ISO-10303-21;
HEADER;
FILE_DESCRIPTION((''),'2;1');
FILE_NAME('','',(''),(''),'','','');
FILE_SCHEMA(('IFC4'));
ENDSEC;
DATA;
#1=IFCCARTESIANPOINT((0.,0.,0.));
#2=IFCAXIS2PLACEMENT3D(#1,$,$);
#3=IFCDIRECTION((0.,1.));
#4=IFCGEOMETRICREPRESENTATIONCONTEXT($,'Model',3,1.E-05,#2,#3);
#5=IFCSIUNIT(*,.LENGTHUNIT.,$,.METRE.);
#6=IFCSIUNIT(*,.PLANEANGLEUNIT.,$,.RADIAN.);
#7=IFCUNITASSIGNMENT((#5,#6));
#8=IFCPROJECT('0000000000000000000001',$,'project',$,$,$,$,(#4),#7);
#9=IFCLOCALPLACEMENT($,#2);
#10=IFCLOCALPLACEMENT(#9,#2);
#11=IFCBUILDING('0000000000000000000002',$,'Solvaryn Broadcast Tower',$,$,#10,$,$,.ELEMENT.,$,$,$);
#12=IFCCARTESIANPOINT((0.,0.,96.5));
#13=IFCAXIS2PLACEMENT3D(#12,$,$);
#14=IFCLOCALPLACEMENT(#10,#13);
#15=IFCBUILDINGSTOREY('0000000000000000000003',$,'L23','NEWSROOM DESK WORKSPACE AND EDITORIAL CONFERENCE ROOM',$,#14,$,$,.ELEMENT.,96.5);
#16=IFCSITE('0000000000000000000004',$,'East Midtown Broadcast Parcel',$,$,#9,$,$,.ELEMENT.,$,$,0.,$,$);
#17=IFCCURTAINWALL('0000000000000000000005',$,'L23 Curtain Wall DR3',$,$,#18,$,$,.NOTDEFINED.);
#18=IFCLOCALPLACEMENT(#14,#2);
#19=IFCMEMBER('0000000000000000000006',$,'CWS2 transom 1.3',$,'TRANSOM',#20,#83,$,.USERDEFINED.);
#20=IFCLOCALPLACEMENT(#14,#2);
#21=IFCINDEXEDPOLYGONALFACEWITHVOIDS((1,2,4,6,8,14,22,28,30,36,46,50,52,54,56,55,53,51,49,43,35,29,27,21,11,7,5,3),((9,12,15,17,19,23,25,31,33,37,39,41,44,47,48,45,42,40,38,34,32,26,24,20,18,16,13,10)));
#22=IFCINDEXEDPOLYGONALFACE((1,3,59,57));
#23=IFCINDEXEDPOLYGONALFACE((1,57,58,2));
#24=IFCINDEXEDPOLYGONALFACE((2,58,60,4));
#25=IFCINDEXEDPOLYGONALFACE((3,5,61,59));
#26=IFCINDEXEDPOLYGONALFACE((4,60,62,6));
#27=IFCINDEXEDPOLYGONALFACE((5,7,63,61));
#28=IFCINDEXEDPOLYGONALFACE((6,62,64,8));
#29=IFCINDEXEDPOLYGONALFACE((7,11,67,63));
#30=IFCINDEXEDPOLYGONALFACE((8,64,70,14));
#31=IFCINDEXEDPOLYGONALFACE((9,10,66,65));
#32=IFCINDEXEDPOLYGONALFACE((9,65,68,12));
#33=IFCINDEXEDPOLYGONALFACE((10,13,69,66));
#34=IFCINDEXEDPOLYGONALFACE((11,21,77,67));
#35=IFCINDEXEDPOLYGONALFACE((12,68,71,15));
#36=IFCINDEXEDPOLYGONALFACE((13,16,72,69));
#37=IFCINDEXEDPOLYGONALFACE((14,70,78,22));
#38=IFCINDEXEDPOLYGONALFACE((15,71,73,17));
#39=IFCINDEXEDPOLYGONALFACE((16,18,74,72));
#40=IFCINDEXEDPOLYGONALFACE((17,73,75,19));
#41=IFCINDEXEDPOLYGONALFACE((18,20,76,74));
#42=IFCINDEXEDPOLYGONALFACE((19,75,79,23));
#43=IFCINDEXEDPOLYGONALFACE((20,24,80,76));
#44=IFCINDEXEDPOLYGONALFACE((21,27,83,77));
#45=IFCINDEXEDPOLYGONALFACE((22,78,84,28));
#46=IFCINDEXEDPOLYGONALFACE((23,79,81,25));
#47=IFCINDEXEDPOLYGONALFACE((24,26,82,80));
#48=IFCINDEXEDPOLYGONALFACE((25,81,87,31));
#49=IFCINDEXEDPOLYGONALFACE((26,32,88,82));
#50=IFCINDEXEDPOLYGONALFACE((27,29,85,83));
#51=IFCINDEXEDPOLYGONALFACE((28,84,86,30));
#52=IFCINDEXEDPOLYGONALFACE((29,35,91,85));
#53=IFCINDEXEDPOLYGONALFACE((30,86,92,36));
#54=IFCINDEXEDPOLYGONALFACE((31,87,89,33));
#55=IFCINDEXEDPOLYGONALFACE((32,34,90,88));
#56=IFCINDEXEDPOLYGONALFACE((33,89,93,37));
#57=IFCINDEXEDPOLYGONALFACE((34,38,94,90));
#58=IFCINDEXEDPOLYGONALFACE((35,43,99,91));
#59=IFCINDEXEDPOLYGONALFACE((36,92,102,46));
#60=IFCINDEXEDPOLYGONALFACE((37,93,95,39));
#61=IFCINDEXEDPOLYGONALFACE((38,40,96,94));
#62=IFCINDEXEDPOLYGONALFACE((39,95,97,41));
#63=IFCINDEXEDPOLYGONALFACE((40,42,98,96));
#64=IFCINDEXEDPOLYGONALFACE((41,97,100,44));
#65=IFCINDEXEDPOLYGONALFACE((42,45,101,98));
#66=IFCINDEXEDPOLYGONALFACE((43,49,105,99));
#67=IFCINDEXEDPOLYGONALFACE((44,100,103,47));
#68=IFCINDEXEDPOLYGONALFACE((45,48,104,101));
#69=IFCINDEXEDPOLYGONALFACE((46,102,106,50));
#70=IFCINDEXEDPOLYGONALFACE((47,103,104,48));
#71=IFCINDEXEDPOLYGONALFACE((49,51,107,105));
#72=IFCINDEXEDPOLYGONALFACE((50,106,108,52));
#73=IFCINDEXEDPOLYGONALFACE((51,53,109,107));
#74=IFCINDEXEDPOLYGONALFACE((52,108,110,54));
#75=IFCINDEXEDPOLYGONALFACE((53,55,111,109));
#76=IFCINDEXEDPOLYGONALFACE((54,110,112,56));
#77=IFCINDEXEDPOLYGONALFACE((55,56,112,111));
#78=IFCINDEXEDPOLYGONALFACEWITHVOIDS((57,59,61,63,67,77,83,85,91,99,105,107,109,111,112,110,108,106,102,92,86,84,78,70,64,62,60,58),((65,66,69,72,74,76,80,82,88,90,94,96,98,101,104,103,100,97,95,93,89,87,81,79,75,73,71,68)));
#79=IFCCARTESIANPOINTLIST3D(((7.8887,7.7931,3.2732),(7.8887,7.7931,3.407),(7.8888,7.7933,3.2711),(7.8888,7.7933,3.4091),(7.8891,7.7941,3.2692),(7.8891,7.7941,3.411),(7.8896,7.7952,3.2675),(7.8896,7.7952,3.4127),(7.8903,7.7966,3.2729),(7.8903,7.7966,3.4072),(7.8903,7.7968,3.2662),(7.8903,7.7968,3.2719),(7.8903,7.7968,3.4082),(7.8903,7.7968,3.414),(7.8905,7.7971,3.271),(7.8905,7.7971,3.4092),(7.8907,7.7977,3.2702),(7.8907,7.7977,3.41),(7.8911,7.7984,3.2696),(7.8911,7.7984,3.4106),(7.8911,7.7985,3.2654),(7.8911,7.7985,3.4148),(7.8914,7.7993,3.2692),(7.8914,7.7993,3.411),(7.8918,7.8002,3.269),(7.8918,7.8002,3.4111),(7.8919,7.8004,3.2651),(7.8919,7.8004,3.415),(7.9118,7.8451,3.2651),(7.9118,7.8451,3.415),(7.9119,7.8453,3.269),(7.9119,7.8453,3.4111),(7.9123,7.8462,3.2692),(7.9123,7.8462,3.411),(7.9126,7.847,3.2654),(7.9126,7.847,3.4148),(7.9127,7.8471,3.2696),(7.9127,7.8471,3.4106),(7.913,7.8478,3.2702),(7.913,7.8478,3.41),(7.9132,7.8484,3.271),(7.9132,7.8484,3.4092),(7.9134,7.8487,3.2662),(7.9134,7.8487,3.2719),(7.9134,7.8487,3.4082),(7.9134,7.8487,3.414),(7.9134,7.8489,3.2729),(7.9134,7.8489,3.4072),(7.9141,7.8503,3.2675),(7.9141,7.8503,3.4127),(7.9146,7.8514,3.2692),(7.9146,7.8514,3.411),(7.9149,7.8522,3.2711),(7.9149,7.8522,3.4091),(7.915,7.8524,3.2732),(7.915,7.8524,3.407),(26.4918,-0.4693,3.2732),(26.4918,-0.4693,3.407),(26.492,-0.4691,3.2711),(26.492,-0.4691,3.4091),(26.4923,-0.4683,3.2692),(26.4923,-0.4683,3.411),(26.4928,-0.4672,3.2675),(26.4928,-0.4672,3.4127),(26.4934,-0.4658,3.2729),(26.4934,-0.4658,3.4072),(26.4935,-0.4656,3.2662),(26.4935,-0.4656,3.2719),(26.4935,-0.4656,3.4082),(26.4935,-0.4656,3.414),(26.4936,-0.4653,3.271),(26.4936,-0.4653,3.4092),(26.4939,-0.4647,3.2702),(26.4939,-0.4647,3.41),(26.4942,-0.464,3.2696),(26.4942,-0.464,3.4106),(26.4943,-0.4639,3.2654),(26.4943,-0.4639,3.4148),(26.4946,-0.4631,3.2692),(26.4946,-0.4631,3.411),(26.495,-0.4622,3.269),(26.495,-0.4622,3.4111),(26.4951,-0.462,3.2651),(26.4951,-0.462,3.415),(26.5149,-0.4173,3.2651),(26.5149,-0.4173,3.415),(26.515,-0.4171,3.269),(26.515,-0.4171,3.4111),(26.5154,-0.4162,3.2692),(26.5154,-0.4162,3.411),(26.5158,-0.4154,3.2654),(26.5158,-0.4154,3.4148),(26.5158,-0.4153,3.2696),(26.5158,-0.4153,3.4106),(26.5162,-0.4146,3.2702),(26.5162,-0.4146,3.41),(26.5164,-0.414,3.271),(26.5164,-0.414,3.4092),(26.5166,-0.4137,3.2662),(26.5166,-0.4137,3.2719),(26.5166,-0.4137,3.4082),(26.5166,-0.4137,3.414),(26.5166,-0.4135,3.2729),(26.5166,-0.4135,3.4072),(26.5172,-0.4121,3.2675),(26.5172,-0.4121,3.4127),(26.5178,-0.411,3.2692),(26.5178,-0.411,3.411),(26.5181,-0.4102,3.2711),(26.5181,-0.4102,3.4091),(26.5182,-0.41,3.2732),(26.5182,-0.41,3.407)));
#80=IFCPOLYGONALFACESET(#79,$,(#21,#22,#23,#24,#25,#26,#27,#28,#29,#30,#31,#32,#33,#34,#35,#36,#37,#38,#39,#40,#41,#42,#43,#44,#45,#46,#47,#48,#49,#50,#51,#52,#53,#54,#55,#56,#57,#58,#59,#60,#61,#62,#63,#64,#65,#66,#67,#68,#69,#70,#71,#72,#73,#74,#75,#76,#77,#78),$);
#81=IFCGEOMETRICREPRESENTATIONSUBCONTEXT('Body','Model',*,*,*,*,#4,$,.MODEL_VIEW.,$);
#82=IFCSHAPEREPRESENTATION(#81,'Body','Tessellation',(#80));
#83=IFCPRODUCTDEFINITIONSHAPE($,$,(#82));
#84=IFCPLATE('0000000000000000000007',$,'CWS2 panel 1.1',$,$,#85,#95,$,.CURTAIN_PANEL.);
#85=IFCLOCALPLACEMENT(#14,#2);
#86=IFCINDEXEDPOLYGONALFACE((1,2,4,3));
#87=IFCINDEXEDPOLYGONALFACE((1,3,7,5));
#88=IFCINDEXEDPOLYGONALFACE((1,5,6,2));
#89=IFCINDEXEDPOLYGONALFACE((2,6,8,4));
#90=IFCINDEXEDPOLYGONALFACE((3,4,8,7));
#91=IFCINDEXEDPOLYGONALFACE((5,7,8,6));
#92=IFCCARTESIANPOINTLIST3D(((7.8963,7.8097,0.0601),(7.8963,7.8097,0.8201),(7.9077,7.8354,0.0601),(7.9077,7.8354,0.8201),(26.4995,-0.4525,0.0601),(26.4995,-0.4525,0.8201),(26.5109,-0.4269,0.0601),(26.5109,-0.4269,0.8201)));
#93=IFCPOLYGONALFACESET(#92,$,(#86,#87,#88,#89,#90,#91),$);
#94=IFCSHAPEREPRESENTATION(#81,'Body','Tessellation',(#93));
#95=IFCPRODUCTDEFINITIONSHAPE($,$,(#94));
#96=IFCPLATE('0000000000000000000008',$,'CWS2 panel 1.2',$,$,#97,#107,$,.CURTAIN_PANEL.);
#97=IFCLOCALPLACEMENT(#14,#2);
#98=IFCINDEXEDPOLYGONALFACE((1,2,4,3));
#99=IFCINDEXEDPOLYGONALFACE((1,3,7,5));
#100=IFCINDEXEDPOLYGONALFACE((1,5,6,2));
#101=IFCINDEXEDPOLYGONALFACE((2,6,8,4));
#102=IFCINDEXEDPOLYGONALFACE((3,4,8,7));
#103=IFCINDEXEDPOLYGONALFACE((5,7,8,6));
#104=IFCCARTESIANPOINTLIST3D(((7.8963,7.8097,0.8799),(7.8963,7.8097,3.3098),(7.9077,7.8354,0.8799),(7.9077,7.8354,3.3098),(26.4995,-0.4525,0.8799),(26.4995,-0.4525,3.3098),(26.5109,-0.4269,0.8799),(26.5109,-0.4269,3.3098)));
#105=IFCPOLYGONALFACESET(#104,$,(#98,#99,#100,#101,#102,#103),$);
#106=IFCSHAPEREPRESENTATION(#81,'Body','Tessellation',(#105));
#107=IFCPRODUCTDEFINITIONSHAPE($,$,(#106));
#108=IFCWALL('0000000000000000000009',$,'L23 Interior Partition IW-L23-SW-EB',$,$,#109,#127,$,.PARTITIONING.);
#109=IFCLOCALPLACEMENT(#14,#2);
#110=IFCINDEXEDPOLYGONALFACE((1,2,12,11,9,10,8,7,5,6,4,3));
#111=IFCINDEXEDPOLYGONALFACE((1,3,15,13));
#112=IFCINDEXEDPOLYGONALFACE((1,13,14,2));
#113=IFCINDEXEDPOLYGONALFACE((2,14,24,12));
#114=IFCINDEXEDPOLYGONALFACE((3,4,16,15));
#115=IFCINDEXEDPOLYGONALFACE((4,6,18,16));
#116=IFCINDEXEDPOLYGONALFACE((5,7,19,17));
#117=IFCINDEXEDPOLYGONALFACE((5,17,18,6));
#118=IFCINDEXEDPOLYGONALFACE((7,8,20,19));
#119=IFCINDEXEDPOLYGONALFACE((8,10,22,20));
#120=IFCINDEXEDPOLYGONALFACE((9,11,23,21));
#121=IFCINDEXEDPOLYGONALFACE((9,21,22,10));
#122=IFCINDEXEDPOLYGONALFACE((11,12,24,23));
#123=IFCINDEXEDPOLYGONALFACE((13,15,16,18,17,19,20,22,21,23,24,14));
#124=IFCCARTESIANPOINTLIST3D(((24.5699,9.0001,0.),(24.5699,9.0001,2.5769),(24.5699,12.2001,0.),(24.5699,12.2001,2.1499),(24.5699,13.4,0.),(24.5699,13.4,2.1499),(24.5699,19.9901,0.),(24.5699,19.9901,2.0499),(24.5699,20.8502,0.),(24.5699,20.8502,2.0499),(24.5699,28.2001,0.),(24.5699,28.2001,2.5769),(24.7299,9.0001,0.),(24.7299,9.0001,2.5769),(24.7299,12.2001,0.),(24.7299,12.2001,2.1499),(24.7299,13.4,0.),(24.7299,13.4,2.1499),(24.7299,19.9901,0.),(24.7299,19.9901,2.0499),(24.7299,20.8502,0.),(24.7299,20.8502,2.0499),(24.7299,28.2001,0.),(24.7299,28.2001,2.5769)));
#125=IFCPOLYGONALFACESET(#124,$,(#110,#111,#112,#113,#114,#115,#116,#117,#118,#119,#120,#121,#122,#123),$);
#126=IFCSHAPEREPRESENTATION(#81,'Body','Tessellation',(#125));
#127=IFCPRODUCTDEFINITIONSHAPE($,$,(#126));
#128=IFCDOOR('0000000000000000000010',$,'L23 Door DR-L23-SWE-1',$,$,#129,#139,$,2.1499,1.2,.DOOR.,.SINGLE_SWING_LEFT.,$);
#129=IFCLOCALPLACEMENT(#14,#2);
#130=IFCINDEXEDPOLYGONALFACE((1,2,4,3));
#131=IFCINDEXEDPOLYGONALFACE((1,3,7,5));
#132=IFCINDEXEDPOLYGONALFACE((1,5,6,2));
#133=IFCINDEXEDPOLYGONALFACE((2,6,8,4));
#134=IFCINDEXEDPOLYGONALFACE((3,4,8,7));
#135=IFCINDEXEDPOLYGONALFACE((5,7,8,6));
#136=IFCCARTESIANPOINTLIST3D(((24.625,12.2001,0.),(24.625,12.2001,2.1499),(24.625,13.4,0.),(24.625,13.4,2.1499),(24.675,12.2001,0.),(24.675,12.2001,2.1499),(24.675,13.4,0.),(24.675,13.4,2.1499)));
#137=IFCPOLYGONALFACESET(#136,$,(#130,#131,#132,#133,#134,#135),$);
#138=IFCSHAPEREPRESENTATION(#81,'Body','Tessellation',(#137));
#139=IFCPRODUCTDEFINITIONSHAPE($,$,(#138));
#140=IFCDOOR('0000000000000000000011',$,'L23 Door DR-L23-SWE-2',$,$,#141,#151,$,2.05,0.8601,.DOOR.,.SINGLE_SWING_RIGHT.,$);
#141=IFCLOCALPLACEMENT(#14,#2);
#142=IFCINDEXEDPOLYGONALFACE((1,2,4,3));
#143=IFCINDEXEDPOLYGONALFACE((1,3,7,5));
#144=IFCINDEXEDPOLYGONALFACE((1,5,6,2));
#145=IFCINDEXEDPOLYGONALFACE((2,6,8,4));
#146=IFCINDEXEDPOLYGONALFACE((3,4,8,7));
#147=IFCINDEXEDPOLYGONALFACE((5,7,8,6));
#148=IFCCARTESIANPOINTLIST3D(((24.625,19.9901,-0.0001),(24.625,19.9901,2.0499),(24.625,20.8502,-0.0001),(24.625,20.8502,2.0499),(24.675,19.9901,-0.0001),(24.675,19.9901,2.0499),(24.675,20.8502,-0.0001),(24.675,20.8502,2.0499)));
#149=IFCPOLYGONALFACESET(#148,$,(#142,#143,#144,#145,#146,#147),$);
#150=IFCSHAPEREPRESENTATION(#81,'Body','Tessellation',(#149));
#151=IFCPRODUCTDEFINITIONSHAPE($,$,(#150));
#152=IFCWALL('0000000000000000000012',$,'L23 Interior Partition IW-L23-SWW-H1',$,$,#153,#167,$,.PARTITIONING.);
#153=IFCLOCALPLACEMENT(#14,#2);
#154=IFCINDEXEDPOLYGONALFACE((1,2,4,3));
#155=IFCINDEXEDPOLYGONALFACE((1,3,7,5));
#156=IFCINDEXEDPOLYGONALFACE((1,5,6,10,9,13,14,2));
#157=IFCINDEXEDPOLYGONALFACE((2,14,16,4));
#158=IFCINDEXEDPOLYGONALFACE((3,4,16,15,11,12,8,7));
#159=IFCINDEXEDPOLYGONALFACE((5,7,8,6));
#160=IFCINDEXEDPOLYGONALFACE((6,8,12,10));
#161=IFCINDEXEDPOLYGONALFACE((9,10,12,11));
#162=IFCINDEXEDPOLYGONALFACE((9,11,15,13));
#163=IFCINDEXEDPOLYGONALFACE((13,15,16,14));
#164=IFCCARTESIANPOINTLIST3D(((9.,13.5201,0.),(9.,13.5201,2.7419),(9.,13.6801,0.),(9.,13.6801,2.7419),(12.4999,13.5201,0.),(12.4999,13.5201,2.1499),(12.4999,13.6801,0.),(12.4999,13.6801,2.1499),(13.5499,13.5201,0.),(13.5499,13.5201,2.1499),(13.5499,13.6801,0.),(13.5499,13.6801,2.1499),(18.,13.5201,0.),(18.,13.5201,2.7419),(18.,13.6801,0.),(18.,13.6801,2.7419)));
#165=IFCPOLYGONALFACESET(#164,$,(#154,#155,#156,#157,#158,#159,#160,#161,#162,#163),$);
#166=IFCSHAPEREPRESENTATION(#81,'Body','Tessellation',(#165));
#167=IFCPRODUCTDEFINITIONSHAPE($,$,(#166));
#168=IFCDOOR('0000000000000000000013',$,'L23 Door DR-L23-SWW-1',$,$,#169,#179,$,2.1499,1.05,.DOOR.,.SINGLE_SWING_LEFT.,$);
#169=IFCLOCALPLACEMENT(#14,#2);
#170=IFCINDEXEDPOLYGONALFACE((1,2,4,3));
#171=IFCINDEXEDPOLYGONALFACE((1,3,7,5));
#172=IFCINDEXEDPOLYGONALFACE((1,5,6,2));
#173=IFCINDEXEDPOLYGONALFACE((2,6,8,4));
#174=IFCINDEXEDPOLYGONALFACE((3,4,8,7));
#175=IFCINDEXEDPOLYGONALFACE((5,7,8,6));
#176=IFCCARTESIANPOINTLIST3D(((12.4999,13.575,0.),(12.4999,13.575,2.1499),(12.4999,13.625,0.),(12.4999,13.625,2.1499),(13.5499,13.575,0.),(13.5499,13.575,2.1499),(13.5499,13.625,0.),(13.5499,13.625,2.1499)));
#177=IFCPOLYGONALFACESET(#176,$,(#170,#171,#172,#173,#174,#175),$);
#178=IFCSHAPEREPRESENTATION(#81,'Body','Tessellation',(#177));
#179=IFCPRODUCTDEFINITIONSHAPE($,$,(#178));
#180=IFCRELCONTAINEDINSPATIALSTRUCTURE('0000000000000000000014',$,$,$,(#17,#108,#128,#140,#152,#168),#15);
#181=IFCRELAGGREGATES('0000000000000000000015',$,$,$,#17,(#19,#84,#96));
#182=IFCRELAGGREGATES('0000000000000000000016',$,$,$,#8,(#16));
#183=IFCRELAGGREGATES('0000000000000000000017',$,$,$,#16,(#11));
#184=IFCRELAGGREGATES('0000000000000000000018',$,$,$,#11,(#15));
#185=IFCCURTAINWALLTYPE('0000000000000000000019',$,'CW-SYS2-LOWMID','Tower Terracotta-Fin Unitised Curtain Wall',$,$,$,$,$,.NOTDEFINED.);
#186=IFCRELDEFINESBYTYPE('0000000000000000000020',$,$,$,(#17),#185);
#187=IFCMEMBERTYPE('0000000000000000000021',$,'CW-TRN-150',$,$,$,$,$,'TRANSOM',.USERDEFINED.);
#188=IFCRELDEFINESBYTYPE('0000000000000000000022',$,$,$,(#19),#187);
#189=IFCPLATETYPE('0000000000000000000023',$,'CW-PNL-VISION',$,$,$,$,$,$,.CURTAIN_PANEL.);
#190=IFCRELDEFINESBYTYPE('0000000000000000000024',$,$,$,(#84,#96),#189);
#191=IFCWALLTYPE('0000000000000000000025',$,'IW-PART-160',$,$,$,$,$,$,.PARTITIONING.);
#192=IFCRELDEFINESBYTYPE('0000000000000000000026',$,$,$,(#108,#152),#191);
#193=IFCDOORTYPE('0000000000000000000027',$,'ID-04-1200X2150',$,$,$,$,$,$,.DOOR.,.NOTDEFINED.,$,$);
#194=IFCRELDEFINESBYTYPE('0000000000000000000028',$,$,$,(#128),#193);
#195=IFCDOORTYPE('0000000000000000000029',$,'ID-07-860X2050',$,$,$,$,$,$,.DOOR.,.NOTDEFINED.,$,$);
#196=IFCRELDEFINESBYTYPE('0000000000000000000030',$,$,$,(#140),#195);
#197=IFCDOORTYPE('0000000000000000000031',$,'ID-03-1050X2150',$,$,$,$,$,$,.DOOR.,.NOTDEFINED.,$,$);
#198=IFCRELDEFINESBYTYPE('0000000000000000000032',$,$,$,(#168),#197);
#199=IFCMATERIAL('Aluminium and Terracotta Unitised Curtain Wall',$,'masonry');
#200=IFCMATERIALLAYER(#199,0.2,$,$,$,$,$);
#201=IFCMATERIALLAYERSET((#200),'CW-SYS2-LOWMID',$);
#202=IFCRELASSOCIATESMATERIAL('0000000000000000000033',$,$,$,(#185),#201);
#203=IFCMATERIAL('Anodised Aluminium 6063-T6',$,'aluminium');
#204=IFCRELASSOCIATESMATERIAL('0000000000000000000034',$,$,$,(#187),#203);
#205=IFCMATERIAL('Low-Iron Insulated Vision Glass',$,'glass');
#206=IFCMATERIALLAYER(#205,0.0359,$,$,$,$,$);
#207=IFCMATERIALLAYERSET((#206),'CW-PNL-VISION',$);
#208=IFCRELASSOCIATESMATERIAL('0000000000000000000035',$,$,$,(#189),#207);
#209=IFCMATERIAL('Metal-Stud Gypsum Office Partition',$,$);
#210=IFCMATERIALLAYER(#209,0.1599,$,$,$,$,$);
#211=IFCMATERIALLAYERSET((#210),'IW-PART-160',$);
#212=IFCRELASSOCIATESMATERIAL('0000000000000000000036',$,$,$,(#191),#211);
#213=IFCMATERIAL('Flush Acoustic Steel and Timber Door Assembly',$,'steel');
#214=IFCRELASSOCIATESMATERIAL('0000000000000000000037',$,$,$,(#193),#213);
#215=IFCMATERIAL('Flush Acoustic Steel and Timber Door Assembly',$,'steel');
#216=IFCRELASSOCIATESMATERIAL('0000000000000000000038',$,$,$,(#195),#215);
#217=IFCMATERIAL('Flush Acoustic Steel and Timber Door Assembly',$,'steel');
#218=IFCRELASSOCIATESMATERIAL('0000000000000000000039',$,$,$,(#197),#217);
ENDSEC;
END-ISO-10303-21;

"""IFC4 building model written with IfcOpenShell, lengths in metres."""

from ifc_helpers import new_model, si_unit, direction, frame, frame_2d, origin, origin_2d, place, context, subcontext, project, spatial, rectangle, hollow_rectangle, extrude, material, layer, layer_set, material_profile, profile_set, type_object, element, fill, aggregate, save


model = new_model("IFC4")

# Units and contexts
model_context = context("Model", 3, precision=1e-05, world=origin(), true_north=direction((0.0, 1.0)))
body_context = subcontext(model_context, "Body", "Model", "MODEL_VIEW")
ifc_project = project(units=[si_unit("LENGTHUNIT", "METRE"), si_unit("PLANEANGLEUNIT", "RADIAN")], contexts=[model_context])

# Site, building, storey
site_placement = place(None, origin())
site = spatial("IfcSite", under=ifc_project, at=site_placement, Name="East Midtown Broadcast Parcel", CompositionType="ELEMENT", RefElevation=0.0)
building_placement = place(site_placement, origin())
building = spatial("IfcBuilding", under=site, at=building_placement, Name="Solvaryn Broadcast Tower", CompositionType="ELEMENT")
storey_placement = place(building_placement, frame((0.0, 0.0, 96.5)))
storey = spatial("IfcBuildingStorey", under=building, at=storey_placement, Name="L23", Description="NEWSROOM DESK WORKSPACE AND EDITORIAL CONFERENCE ROOM", CompositionType="ELEMENT", Elevation=96.5)

# Shared definitions
ifc_material_1 = material(Name="Aluminium and Terracotta Unitised Curtain Wall", Category="masonry")
ifc_layer_1 = layer(ifc_material_1, 0.2)
ifc_layer_set_1 = layer_set([ifc_layer_1], Name="CW-SYS2-LOWMID")
curtain_wall_type = type_object("IfcCurtainWallType", Name="CW-SYS2-LOWMID", Description="Tower Terracotta-Fin Unitised Curtain Wall", PredefinedType="NOTDEFINED", material=ifc_layer_set_1)

# Curtain wall, member, plates
curtain_wall_1_placement = place(storey_placement, origin())
curtain_wall_1 = element("IfcCurtainWall", 1, at=curtain_wall_1_placement, inside=storey, type_object=curtain_wall_type, Name="L23 Curtain Wall DR3", PredefinedType="NOTDEFINED")
ifc_material_2 = material(Name="Anodised Aluminium 6063-T6", Category="aluminium")
ifc_material_profile_1 = material_profile(ifc_material_2, hollow_rectangle(XDim=0.0649, YDim=0.1499, WallThickness=0.0039, InnerFilletRadius=0.0039, OuterFilletRadius=0.0081, at=origin_2d()))
ifc_profile_set_1 = profile_set([ifc_material_profile_1], Name="Anodised Aluminium 6063-T6")
member_type_1 = type_object("IfcMemberType", Name="CW-TRN-150", ElementType="TRANSOM", PredefinedType="USERDEFINED", material=ifc_profile_set_1)
member_1_placement = place(storey_placement, frame((7.9019, 7.8228, 3.3401), z_axis=(0.913915, -0.405906, 0.0), x_axis=(0.405906, 0.913915, 0.0)))
member_1 = element("IfcMember", 2, at=member_1_placement, type_object=member_type_1, Name="CWS2 transom 1.3", ObjectType="TRANSOM", PredefinedType="USERDEFINED", context=body_context, shape_type="SweptSolid", body=[
    extrude(hollow_rectangle(XDim=0.0649, YDim=0.1499, WallThickness=0.0039, InnerFilletRadius=0.0039, OuterFilletRadius=0.0081, at=origin_2d()), origin(), (0.0, 0.0, 1.0), 20.3555),
])
ifc_material_3 = material(Name="Low-Iron Insulated Vision Glass", Category="glass")
ifc_layer_2 = layer(ifc_material_3, 0.0359)
ifc_layer_set_2 = layer_set([ifc_layer_2], Name="CW-PNL-VISION")
plate_type = type_object("IfcPlateType", Name="CW-PNL-VISION", PredefinedType="CURTAIN_PANEL", material=ifc_layer_set_2)
plate_1_placement = place(storey_placement, frame((17.2036, 3.6914, 0.0601), z_axis=(0.0, 0.0, 1.0), x_axis=(0.913918, -0.405898, 0.0)))
plate_1 = element("IfcPlate", 3, at=plate_1_placement, type_object=plate_type, Name="CWS2 panel 1.1", PredefinedType="CURTAIN_PANEL", context=body_context, shape_type="SweptSolid", body=[
    extrude(rectangle(XDim=20.3555, YDim=0.0281, at=origin_2d()), origin(), (0.0, 0.0, 1.0), 0.76),
])
plate_2_placement = place(storey_placement, frame((17.2036, 3.6914, 0.8799), z_axis=(0.0, 0.0, 1.0), x_axis=(0.913918, -0.405898, 0.0)))
plate_2 = element("IfcPlate", 4, at=plate_2_placement, type_object=plate_type, Name="CWS2 panel 1.2", PredefinedType="CURTAIN_PANEL", context=body_context, shape_type="SweptSolid", body=[
    extrude(rectangle(XDim=20.3555, YDim=0.0281, at=origin_2d()), origin(), (0.0, 0.0, 1.0), 2.4299),
])
aggregate(curtain_wall_1, [member_1, plate_1, plate_2])

# Wall, openings, doors
ifc_material_4 = material(Name="Metal-Stud Gypsum Office Partition")
ifc_layer_3 = layer(ifc_material_4, 0.1599)
ifc_layer_set_3 = layer_set([ifc_layer_3], Name="IW-PART-160")
wall_type_1 = type_object("IfcWallType", Name="IW-PART-160", PredefinedType="PARTITIONING", material=ifc_layer_set_3)
wall_1_placement = place(storey_placement, frame((24.6499, 9.0, 0.0), z_axis=(0.0, 0.0, 1.0), x_axis=(0.0, 1.0, 0.0)))
wall_1 = element("IfcWall", 5, at=wall_1_placement, inside=storey, type_object=wall_type_1, Name="L23 Interior Partition IW-L23-SW-EB", PredefinedType="PARTITIONING", context=body_context, shape_type="SweptSolid", body=[
    extrude(rectangle(XDim=19.2, YDim=0.1599, at=frame_2d((9.6001, 0.0))), origin(), (0.0, 0.0, 1.0), 2.5769),
])
opening_1_placement = place(wall_1_placement, frame((3.2, 0.0, 0.0)))
opening_1 = element("IfcOpeningElement", 6, at=opening_1_placement, cuts=wall_1, PredefinedType="OPENING", context=body_context, shape_type="SweptSolid", body=[
    extrude(rectangle(XDim=1.2, YDim=2.1499, at=frame_2d((0.6001, 1.075))), frame((0.0, 0.0901, 0.0), z_axis=(0.0, -1.0, 0.0), x_axis=(1.0, 0.0, 0.0)), (0.0, 0.0, 1.0), 0.1799),
])
opening_2_placement = place(wall_1_placement, frame((10.99, 0.0, 0.0)))
opening_2 = element("IfcOpeningElement", 7, at=opening_2_placement, cuts=wall_1, PredefinedType="OPENING", context=body_context, shape_type="SweptSolid", body=[
    extrude(rectangle(XDim=0.8601, YDim=2.05, at=frame_2d((0.4302, 1.0249))), frame((0.0, 0.0901, 0.0), z_axis=(0.0, -1.0, 0.0), x_axis=(1.0, 0.0, 0.0)), (0.0, 0.0, 1.0), 0.1799),
])
ifc_material_5 = material(Name="Flush Acoustic Steel and Timber Door Assembly", Category="steel")
door_type_1 = type_object("IfcDoorType", Name="ID-04-1200X2150", OperationType="NOTDEFINED", PredefinedType="DOOR", material=ifc_material_5)
door_1_placement = place(opening_1_placement, origin())
door_1 = element("IfcDoor", 8, at=door_1_placement, inside=storey, type_object=door_type_1, Name="L23 Door DR-L23-SWE-1", OperationType="SINGLE_SWING_LEFT", OverallHeight=2.1499, OverallWidth=1.2, PredefinedType="DOOR", context=body_context, shape_type="SweptSolid", body=[
    extrude(rectangle(XDim=1.2, YDim=2.1499, at=frame_2d((0.6001, 1.075))), frame((0.0, 0.0249, 0.0), z_axis=(0.0, -1.0, 0.0), x_axis=(1.0, 0.0, 0.0)), (0.0, 0.0, 1.0), 0.05),
])
fill(opening_1, door_1)
ifc_material_6 = material(Name="Flush Acoustic Steel and Timber Door Assembly", Category="steel")
door_type_2 = type_object("IfcDoorType", Name="ID-07-860X2050", OperationType="NOTDEFINED", PredefinedType="DOOR", material=ifc_material_6)
door_2_placement = place(opening_2_placement, origin())
door_2 = element("IfcDoor", 9, at=door_2_placement, inside=storey, type_object=door_type_2, Name="L23 Door DR-L23-SWE-2", OperationType="SINGLE_SWING_RIGHT", OverallHeight=2.05, OverallWidth=0.8601, PredefinedType="DOOR", context=body_context, shape_type="SweptSolid", body=[
    extrude(rectangle(XDim=0.8601, YDim=2.05, at=frame_2d((0.4302, 1.0249))), frame((0.0, 0.0249, 0.0), z_axis=(0.0, -1.0, 0.0), x_axis=(1.0, 0.0, 0.0)), (0.0, 0.0, 1.0), 0.05),
])
fill(opening_2, door_2)

# Wall, opening, door
wall_2_placement = place(storey_placement, frame((9.0, 13.6001, 0.0), z_axis=(0.0, 0.0, 1.0), x_axis=(1.0, 0.0, 0.0)))
wall_2 = element("IfcWall", 10, at=wall_2_placement, inside=storey, type_object=wall_type_1, Name="L23 Interior Partition IW-L23-SWW-H1", PredefinedType="PARTITIONING", context=body_context, shape_type="SweptSolid", body=[
    extrude(rectangle(XDim=9.0, YDim=0.1599, at=frame_2d((4.5, 0.0))), origin(), (0.0, 0.0, 1.0), 2.7419),
])
opening_3_placement = place(wall_2_placement, frame((3.5, 0.0, 0.0)))
opening_3 = element("IfcOpeningElement", 11, at=opening_3_placement, cuts=wall_2, PredefinedType="OPENING", context=body_context, shape_type="SweptSolid", body=[
    extrude(rectangle(XDim=1.05, YDim=2.1499, at=frame_2d((0.5249, 1.075))), frame((0.0, 0.0901, 0.0), z_axis=(0.0, -1.0, 0.0), x_axis=(1.0, 0.0, 0.0)), (0.0, 0.0, 1.0), 0.1799),
])
ifc_material_7 = material(Name="Flush Acoustic Steel and Timber Door Assembly", Category="steel")
door_type_3 = type_object("IfcDoorType", Name="ID-03-1050X2150", OperationType="NOTDEFINED", PredefinedType="DOOR", material=ifc_material_7)
door_3_placement = place(opening_3_placement, origin())
door_3 = element("IfcDoor", 12, at=door_3_placement, inside=storey, type_object=door_type_3, Name="L23 Door DR-L23-SWW-1", OperationType="SINGLE_SWING_LEFT", OverallHeight=2.1499, OverallWidth=1.05, PredefinedType="DOOR", context=body_context, shape_type="SweptSolid", body=[
    extrude(rectangle(XDim=1.05, YDim=2.1499, at=frame_2d((0.5249, 1.075))), frame((0.0, 0.0249, 0.0), z_axis=(0.0, -1.0, 0.0), x_axis=(1.0, 0.0, 0.0)), (0.0, 0.0, 1.0), 0.05),
])
fill(opening_3, door_3)

save(model, "model.ifc")
